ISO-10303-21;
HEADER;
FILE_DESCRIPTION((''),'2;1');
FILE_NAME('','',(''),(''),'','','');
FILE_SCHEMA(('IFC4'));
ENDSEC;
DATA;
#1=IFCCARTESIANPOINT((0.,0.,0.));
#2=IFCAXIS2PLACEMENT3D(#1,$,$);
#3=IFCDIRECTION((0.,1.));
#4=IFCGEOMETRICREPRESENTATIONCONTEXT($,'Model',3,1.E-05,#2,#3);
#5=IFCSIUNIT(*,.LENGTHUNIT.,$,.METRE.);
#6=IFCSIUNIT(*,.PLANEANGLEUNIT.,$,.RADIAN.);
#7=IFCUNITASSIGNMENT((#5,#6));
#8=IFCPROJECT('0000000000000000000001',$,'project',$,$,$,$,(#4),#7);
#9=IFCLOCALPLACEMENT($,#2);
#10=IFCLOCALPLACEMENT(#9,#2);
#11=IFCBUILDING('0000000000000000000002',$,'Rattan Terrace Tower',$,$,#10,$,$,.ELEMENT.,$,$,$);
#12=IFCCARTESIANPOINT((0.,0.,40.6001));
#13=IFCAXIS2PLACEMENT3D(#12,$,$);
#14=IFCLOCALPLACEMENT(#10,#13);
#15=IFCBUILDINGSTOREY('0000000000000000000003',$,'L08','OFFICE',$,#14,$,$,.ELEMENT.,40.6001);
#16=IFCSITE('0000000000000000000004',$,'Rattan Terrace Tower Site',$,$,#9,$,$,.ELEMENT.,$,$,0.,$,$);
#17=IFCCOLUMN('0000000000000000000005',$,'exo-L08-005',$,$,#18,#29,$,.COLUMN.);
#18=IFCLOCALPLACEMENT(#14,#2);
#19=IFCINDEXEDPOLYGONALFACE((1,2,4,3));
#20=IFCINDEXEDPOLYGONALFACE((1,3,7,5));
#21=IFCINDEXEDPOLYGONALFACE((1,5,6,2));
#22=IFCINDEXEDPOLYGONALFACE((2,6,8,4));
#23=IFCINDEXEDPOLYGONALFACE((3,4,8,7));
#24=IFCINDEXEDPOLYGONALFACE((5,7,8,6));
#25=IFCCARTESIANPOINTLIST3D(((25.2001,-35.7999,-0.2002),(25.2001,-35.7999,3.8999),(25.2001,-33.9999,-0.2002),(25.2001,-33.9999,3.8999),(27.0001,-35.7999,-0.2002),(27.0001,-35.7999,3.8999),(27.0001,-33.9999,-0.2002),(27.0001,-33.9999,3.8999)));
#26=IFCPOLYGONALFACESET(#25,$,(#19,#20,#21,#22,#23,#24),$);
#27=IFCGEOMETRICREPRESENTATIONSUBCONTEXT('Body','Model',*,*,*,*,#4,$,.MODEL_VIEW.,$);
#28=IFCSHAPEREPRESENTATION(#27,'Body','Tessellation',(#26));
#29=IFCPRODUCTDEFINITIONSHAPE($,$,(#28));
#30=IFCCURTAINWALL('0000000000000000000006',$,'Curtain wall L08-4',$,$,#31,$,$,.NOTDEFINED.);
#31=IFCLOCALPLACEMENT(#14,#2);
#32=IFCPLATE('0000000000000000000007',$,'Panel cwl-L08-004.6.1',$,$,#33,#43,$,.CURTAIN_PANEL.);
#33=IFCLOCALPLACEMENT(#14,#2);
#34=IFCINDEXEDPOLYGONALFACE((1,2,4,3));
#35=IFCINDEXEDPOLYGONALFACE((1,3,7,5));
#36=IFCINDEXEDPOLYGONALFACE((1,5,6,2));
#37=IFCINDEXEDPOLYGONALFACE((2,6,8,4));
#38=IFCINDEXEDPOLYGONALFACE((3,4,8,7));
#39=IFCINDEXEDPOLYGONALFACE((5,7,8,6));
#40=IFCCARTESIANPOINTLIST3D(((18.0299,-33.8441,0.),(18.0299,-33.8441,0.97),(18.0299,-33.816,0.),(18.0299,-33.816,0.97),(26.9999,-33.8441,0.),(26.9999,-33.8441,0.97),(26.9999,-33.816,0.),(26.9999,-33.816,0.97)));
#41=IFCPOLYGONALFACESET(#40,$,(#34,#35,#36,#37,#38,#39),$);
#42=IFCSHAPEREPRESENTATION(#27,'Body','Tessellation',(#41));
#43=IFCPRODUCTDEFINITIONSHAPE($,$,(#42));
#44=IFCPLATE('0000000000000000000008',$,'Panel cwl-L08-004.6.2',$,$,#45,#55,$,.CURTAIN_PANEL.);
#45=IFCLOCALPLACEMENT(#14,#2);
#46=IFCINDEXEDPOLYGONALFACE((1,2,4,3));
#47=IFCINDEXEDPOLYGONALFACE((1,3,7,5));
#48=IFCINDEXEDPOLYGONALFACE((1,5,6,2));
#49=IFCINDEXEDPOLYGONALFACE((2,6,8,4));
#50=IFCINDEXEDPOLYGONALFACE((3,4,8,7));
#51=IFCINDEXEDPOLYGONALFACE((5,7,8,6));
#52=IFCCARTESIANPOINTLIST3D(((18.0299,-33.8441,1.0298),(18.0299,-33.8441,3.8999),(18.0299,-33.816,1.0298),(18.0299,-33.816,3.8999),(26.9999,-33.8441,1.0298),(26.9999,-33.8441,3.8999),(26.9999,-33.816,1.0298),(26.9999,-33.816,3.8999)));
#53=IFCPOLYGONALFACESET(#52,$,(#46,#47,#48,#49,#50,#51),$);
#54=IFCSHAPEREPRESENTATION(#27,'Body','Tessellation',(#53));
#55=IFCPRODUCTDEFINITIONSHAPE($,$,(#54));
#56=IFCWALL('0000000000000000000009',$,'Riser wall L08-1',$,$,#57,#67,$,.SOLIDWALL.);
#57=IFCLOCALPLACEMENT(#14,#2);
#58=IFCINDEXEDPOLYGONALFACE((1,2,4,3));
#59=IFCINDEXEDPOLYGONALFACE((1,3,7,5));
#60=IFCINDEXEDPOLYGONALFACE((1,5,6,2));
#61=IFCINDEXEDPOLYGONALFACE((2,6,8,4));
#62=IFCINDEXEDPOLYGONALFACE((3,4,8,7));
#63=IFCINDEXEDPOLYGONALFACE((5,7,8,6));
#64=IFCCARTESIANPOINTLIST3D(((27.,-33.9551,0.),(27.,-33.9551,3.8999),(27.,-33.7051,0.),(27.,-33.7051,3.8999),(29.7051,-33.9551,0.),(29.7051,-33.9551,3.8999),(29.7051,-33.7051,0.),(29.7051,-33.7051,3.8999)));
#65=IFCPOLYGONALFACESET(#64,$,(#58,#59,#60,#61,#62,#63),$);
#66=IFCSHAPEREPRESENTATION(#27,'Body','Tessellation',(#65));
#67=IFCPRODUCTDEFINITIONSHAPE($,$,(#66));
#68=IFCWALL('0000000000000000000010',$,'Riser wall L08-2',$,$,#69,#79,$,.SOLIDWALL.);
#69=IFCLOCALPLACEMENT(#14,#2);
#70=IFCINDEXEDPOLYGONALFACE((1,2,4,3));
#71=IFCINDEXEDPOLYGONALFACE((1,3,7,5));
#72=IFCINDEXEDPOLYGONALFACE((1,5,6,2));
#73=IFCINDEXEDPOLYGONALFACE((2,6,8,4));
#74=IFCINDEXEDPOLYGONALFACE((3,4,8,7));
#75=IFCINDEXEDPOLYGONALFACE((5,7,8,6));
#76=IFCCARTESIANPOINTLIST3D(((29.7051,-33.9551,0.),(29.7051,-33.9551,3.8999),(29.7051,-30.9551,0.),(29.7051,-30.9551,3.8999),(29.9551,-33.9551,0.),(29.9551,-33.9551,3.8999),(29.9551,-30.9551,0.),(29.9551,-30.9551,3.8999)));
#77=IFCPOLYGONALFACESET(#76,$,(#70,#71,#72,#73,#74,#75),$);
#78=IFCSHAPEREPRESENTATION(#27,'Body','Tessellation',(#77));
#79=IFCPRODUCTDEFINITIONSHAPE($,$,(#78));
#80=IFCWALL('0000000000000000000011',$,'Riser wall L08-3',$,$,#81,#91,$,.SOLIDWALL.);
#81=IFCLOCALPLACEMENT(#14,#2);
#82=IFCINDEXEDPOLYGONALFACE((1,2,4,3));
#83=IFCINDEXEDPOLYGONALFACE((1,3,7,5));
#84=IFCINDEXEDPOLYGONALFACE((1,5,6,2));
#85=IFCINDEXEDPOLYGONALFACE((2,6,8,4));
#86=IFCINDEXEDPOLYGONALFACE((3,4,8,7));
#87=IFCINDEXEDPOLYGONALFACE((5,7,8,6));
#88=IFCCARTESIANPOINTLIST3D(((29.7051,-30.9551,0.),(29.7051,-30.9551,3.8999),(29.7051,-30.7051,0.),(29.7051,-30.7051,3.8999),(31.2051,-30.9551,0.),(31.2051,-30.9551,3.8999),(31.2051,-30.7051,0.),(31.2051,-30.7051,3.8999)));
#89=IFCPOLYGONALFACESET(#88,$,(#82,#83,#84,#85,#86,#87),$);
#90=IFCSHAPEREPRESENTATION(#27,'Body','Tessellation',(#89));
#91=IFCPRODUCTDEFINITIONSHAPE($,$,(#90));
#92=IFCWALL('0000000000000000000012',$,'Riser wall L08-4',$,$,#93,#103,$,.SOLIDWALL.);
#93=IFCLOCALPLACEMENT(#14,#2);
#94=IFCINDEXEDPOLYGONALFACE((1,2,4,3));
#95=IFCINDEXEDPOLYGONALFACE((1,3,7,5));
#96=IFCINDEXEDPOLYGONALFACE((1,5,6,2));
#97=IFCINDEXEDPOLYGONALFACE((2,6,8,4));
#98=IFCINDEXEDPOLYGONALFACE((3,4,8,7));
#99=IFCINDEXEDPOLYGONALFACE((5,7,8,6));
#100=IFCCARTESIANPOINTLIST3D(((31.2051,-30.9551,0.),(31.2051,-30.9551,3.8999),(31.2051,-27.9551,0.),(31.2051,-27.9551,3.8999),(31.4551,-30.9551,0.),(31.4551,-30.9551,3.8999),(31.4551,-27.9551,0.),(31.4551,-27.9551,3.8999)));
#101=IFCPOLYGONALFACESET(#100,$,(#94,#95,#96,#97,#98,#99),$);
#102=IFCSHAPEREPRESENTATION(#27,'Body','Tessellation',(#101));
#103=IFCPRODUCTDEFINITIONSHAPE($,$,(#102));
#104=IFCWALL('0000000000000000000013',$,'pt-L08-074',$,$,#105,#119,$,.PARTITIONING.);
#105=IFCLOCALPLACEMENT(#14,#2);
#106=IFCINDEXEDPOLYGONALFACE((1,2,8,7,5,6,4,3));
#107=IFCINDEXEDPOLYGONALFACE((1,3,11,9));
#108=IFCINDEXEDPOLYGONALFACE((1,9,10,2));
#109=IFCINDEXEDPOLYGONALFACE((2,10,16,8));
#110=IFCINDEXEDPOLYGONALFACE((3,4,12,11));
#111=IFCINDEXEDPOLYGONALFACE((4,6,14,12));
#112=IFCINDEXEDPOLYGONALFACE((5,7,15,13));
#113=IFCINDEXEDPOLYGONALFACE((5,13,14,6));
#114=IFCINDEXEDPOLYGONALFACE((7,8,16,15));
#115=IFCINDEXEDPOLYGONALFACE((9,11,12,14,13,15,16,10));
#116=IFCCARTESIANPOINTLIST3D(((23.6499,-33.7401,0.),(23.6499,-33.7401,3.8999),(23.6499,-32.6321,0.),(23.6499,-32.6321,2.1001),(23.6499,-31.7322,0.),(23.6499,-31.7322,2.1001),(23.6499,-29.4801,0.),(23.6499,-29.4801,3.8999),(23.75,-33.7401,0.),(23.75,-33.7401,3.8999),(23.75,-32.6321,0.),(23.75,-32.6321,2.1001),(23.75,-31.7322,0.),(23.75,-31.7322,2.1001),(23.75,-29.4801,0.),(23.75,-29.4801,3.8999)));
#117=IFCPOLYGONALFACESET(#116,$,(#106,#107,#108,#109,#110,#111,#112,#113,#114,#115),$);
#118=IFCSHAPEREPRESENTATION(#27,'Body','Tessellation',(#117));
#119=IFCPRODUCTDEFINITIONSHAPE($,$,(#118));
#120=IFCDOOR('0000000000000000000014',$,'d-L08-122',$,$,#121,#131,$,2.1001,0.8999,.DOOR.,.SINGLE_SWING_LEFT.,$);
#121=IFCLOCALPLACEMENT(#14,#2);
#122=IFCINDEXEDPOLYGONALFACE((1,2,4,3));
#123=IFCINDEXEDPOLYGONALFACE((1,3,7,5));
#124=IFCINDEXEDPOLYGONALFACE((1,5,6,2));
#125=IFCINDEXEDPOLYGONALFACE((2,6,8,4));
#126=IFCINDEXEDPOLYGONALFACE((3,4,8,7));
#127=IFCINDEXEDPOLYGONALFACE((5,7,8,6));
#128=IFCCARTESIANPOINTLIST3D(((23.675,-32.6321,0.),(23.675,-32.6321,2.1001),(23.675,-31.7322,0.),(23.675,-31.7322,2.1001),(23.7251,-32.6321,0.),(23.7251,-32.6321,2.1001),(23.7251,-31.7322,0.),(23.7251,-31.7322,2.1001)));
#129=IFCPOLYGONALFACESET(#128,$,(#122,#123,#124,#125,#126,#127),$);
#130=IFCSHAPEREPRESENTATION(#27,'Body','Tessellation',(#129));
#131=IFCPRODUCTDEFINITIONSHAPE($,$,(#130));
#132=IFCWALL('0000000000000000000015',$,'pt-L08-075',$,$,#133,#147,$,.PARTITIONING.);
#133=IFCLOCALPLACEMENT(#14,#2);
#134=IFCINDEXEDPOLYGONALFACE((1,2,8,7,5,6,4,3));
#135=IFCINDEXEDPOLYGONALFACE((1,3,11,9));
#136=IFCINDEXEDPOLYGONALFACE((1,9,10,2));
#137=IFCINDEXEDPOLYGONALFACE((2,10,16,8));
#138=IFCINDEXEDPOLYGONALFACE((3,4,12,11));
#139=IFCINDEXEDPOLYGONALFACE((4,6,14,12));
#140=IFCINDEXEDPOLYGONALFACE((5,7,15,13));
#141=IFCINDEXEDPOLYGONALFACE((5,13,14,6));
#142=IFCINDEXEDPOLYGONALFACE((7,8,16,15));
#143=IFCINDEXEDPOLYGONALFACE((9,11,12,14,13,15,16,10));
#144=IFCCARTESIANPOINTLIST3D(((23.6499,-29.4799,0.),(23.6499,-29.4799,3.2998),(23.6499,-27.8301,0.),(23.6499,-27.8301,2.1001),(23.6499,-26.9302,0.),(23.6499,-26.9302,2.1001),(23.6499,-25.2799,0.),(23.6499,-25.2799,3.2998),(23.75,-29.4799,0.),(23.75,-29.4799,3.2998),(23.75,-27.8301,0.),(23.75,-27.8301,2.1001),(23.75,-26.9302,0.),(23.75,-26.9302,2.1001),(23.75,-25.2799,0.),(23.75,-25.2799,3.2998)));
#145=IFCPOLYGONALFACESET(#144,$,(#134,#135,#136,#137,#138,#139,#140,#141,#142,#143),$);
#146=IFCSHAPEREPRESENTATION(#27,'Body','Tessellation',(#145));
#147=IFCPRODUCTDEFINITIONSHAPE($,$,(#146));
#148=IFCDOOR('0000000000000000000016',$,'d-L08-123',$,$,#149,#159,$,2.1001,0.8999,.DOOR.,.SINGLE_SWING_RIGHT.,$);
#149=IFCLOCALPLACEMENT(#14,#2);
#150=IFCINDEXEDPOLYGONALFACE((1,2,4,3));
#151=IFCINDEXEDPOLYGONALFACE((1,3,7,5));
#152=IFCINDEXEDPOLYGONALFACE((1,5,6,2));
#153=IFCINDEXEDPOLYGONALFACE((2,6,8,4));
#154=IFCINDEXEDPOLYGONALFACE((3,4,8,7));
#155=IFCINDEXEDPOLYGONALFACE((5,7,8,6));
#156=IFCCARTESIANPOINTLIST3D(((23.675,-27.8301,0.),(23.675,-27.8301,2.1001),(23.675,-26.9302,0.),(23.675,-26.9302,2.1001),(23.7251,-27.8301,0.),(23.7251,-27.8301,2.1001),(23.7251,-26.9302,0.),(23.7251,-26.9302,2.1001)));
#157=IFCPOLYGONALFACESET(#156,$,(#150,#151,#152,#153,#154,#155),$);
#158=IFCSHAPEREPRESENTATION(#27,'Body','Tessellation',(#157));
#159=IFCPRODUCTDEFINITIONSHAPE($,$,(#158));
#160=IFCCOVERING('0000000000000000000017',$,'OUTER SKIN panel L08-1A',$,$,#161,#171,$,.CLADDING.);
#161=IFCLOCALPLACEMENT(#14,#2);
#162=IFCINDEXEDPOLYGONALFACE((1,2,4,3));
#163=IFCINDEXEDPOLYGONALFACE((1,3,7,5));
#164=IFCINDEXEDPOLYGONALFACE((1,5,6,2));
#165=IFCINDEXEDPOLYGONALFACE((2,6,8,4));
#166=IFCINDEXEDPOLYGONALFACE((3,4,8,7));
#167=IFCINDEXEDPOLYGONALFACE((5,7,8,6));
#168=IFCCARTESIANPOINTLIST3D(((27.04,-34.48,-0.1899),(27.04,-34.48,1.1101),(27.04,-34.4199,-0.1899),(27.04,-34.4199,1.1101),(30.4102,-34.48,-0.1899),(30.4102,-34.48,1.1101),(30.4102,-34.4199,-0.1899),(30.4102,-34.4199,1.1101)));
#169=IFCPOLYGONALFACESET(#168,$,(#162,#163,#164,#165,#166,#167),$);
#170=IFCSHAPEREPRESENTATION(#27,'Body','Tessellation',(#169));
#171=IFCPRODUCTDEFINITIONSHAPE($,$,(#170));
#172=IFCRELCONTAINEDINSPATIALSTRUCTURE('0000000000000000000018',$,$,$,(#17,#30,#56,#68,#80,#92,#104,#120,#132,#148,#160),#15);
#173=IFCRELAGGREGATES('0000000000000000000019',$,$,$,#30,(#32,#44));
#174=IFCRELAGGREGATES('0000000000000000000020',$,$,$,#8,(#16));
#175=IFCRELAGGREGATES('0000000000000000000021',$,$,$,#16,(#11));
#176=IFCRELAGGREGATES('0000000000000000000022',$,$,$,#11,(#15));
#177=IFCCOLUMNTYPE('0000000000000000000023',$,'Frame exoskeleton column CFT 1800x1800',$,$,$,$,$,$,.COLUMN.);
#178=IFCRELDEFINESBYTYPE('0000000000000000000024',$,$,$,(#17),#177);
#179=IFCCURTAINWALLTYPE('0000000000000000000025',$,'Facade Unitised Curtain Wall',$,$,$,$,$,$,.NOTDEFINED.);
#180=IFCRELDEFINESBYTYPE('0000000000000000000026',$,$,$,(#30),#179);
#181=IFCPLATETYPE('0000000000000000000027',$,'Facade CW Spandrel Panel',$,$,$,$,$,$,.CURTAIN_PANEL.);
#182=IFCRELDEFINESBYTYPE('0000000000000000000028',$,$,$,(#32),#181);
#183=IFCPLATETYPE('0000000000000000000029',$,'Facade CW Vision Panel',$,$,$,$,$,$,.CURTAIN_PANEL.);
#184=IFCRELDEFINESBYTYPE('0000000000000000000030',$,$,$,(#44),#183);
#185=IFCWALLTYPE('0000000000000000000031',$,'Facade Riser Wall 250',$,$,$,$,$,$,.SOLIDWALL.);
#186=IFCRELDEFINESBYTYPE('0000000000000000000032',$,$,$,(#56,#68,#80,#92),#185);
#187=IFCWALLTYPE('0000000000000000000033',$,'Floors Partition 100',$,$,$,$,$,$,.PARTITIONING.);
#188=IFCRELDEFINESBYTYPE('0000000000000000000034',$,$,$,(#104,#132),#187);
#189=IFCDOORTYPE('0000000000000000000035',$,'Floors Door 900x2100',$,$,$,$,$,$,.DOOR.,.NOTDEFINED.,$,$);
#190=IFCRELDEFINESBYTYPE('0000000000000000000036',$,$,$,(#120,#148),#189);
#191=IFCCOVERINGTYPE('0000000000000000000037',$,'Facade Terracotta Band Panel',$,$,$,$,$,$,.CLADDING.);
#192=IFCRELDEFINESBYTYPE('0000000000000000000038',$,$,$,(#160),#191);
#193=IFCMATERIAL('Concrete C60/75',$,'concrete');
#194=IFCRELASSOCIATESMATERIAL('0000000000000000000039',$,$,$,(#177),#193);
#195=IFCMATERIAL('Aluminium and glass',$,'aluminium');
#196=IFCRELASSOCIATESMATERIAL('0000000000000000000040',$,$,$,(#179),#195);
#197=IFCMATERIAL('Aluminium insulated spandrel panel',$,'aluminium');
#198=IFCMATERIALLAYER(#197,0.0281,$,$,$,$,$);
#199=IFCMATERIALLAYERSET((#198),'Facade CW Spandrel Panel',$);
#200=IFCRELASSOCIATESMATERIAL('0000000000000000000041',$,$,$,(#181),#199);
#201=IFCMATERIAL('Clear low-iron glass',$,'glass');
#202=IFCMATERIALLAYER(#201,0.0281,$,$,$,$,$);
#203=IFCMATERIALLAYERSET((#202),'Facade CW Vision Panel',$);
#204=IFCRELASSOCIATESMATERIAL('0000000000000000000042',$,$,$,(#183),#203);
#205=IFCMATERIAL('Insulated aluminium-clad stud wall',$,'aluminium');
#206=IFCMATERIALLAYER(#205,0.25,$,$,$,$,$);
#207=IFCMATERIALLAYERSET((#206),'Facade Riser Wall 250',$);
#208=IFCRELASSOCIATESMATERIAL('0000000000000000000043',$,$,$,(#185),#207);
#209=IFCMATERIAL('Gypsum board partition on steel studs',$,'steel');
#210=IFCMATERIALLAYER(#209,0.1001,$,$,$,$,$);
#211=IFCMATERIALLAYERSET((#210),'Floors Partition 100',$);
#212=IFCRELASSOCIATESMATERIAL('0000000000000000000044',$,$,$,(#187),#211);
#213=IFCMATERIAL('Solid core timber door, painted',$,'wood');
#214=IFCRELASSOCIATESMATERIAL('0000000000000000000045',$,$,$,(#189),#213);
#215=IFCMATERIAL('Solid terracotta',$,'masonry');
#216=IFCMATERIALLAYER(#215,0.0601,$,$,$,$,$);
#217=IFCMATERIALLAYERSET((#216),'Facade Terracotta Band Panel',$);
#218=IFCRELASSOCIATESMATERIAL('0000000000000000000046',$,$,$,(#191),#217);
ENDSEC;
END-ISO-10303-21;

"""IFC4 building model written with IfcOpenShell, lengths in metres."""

from ifc_helpers import new_model, si_unit, direction, frame, frame_2d, origin, origin_2d, place, context, subcontext, project, spatial, rectangle, extrude, material, layer, layer_set, material_profile, profile_set, type_object, element, fill, aggregate, save


model = new_model("IFC4")

# Units and contexts
model_context = context("Model", 3, precision=1e-05, world=origin(), true_north=direction((0.0, 1.0)))
body_context = subcontext(model_context, "Body", "Model", "MODEL_VIEW")
ifc_project = project(units=[si_unit("LENGTHUNIT", "METRE"), si_unit("PLANEANGLEUNIT", "RADIAN")], contexts=[model_context])

# Site, building, storey
site_placement = place(None, origin())
site = spatial("IfcSite", under=ifc_project, at=site_placement, Name="Rattan Terrace Tower Site", CompositionType="ELEMENT", RefElevation=0.0)
building_placement = place(site_placement, origin())
building = spatial("IfcBuilding", under=site, at=building_placement, Name="Rattan Terrace Tower", CompositionType="ELEMENT")
storey_placement = place(building_placement, frame((0.0, 0.0, 40.6001)))
storey = spatial("IfcBuildingStorey", under=building, at=storey_placement, Name="L08", Description="OFFICE", CompositionType="ELEMENT", Elevation=40.6001)

# Column
ifc_material_1 = material(Name="Concrete C60/75", Category="concrete")
ifc_material_profile = material_profile(ifc_material_1, rectangle(XDim=1.8, YDim=1.8, at=origin_2d()), Name="CFT 1800x1800")
ifc_profile_set = profile_set([ifc_material_profile], Name="Concrete C60/75")
column_type = type_object("IfcColumnType", Name="Frame exoskeleton column CFT 1800x1800", PredefinedType="COLUMN", material=ifc_profile_set)
column_placement = place(storey_placement, frame((26.1001, -34.8999, -0.2002), z_axis=(0.0, 0.0, 1.0), x_axis=(1.0, 0.0, 0.0)))
element("IfcColumn", 1, at=column_placement, inside=storey, type_object=column_type, Name="exo-L08-005", PredefinedType="COLUMN", context=body_context, shape_type="SweptSolid", body=[
    extrude(rectangle(XDim=1.8, YDim=1.8, at=origin_2d()), origin(), (0.0, 0.0, 1.0), 4.1001),
])

# Curtain wall, plates
ifc_material_2 = material(Name="Aluminium and glass", Category="aluminium")
curtain_wall_type = type_object("IfcCurtainWallType", Name="Facade Unitised Curtain Wall", PredefinedType="NOTDEFINED", material=ifc_material_2)
curtain_wall_placement = place(storey_placement, origin())
curtain_wall = element("IfcCurtainWall", 2, at=curtain_wall_placement, inside=storey, type_object=curtain_wall_type, Name="Curtain wall L08-4", PredefinedType="NOTDEFINED")
ifc_material_3 = material(Name="Aluminium insulated spandrel panel", Category="aluminium")
ifc_layer_1 = layer(ifc_material_3, 0.0281)
ifc_layer_set_1 = layer_set([ifc_layer_1], Name="Facade CW Spandrel Panel")
plate_type_1 = type_object("IfcPlateType", Name="Facade CW Spandrel Panel", PredefinedType="CURTAIN_PANEL", material=ifc_layer_set_1)
plate_1_placement = place(storey_placement, frame((22.5149, -33.8301, 0.0), z_axis=(0.0, 0.0, 1.0), x_axis=(1.0, 0.0, 0.0)))
plate_1 = element("IfcPlate", 3, at=plate_1_placement, type_object=plate_type_1, Name="Panel cwl-L08-004.6.1", PredefinedType="CURTAIN_PANEL", context=body_context, shape_type="SweptSolid", body=[
    extrude(rectangle(XDim=8.97, YDim=0.0281, at=origin_2d()), origin(), (0.0, 0.0, 1.0), 0.97),
])
ifc_material_4 = material(Name="Clear low-iron glass", Category="glass")
ifc_layer_2 = layer(ifc_material_4, 0.0281)
ifc_layer_set_2 = layer_set([ifc_layer_2], Name="Facade CW Vision Panel")
plate_type_2 = type_object("IfcPlateType", Name="Facade CW Vision Panel", PredefinedType="CURTAIN_PANEL", material=ifc_layer_set_2)
plate_2_placement = place(storey_placement, frame((22.5149, -33.8301, 1.0298), z_axis=(0.0, 0.0, 1.0), x_axis=(1.0, 0.0, 0.0)))
plate_2 = element("IfcPlate", 4, at=plate_2_placement, type_object=plate_type_2, Name="Panel cwl-L08-004.6.2", PredefinedType="CURTAIN_PANEL", context=body_context, shape_type="SweptSolid", body=[
    extrude(rectangle(XDim=8.97, YDim=0.0281, at=origin_2d()), origin(), (0.0, 0.0, 1.0), 2.8701),
])
aggregate(curtain_wall, [plate_1, plate_2])

# Walls
ifc_material_5 = material(Name="Insulated aluminium-clad stud wall", Category="aluminium")
ifc_layer_3 = layer(ifc_material_5, 0.25)
ifc_layer_set_3 = layer_set([ifc_layer_3], Name="Facade Riser Wall 250")
wall_type_1 = type_object("IfcWallType", Name="Facade Riser Wall 250", PredefinedType="SOLIDWALL", material=ifc_layer_set_3)
wall_1_placement = place(storey_placement, frame((27.0, -33.8301, 0.0), z_axis=(0.0, 0.0, 1.0), x_axis=(1.0, 0.0, 0.0)))
element("IfcWall", 5, at=wall_1_placement, inside=storey, type_object=wall_type_1, Name="Riser wall L08-1", PredefinedType="SOLIDWALL", context=body_context, shape_type="SweptSolid", body=[
    extrude(rectangle(XDim=2.7051, YDim=0.25, at=frame_2d((1.3525, 0.0))), origin(), (0.0, 0.0, 1.0), 3.8999),
])
wall_2_placement = place(storey_placement, frame((29.8301, -33.9551, 0.0), z_axis=(0.0, 0.0, 1.0), x_axis=(0.0, 1.0, 0.0)))
element("IfcWall", 6, at=wall_2_placement, inside=storey, type_object=wall_type_1, Name="Riser wall L08-2", PredefinedType="SOLIDWALL", context=body_context, shape_type="SweptSolid", body=[
    extrude(rectangle(XDim=3.0, YDim=0.25, at=frame_2d((1.5, 0.0))), origin(), (0.0, 0.0, 1.0), 3.8999),
])
wall_3_placement = place(storey_placement, frame((29.7051, -30.8301, 0.0), z_axis=(0.0, 0.0, 1.0), x_axis=(1.0, 0.0, 0.0)))
element("IfcWall", 7, at=wall_3_placement, inside=storey, type_object=wall_type_1, Name="Riser wall L08-3", PredefinedType="SOLIDWALL", context=body_context, shape_type="SweptSolid", body=[
    extrude(rectangle(XDim=1.5, YDim=0.25, at=frame_2d((0.75, 0.0))), origin(), (0.0, 0.0, 1.0), 3.8999),
])
wall_4_placement = place(storey_placement, frame((31.3301, -30.9551, 0.0), z_axis=(0.0, 0.0, 1.0), x_axis=(0.0, 1.0, 0.0)))
element("IfcWall", 8, at=wall_4_placement, inside=storey, type_object=wall_type_1, Name="Riser wall L08-4", PredefinedType="SOLIDWALL", context=body_context, shape_type="SweptSolid", body=[
    extrude(rectangle(XDim=3.0, YDim=0.25, at=frame_2d((1.5, 0.0))), origin(), (0.0, 0.0, 1.0), 3.8999),
])

# Walls, openings, doors
ifc_material_6 = material(Name="Gypsum board partition on steel studs", Category="steel")
ifc_layer_4 = layer(ifc_material_6, 0.1001)
ifc_layer_set_4 = layer_set([ifc_layer_4], Name="Floors Partition 100")
wall_type_2 = type_object("IfcWallType", Name="Floors Partition 100", PredefinedType="PARTITIONING", material=ifc_layer_set_4)
wall_5_placement = place(storey_placement, frame((23.7, -33.74, 0.0), z_axis=(0.0, 0.0, 1.0), x_axis=(0.0, 1.0, 0.0)))
wall_5 = element("IfcWall", 9, at=wall_5_placement, inside=storey, type_object=wall_type_2, Name="pt-L08-074", PredefinedType="PARTITIONING", context=body_context, shape_type="SweptSolid", body=[
    extrude(rectangle(XDim=4.26, YDim=0.1001, at=frame_2d((2.1299, 0.0))), origin(), (0.0, 0.0, 1.0), 3.8999),
])
opening_1_placement = place(wall_5_placement, frame((1.1079, 0.0, 0.0)))
opening_1 = element("IfcOpeningElement", 10, at=opening_1_placement, cuts=wall_5, PredefinedType="OPENING", context=body_context, shape_type="SweptSolid", body=[
    extrude(rectangle(XDim=0.8999, YDim=2.1001, at=frame_2d((0.45, 1.05))), frame((0.0, 0.0605, 0.0), z_axis=(0.0, -1.0, 0.0), x_axis=(1.0, 0.0, 0.0)), (0.0, 0.0, 1.0), 0.1211),
])
ifc_material_7 = material(Name="Solid core timber door, painted", Category="wood")
door_type = type_object("IfcDoorType", Name="Floors Door 900x2100", OperationType="NOTDEFINED", PredefinedType="DOOR", material=ifc_material_7)
door_1_placement = place(opening_1_placement, origin())
door_1 = element("IfcDoor", 11, at=door_1_placement, inside=storey, type_object=door_type, Name="d-L08-122", OperationType="SINGLE_SWING_LEFT", OverallHeight=2.1001, OverallWidth=0.8999, PredefinedType="DOOR", context=body_context, shape_type="SweptSolid", body=[
    extrude(rectangle(XDim=0.8999, YDim=2.1001, at=frame_2d((0.45, 1.05))), frame((0.0, 0.0249, 0.0), z_axis=(0.0, -1.0, 0.0), x_axis=(1.0, 0.0, 0.0)), (0.0, 0.0, 1.0), 0.05),
])
fill(opening_1, door_1)
wall_6_placement = place(storey_placement, frame((23.7, -29.48, 0.0), z_axis=(0.0, 0.0, 1.0), x_axis=(0.0, 1.0, 0.0)))
wall_6 = element("IfcWall", 12, at=wall_6_placement, inside=storey, type_object=wall_type_2, Name="pt-L08-075", PredefinedType="PARTITIONING", context=body_context, shape_type="SweptSolid", body=[
    extrude(rectangle(XDim=4.2, YDim=0.1001, at=frame_2d((2.1001, 0.0))), origin(), (0.0, 0.0, 1.0), 3.2998),
])
opening_2_placement = place(wall_6_placement, frame((1.6499, 0.0, 0.0)))
opening_2 = element("IfcOpeningElement", 13, at=opening_2_placement, cuts=wall_6, PredefinedType="OPENING", context=body_context, shape_type="SweptSolid", body=[
    extrude(rectangle(XDim=0.8999, YDim=2.1001, at=frame_2d((0.45, 1.05))), frame((0.0, 0.0605, 0.0), z_axis=(0.0, -1.0, 0.0), x_axis=(1.0, 0.0, 0.0)), (0.0, 0.0, 1.0), 0.1211),
])
door_2_placement = place(opening_2_placement, origin())
door_2 = element("IfcDoor", 14, at=door_2_placement, inside=storey, type_object=door_type, Name="d-L08-123", OperationType="SINGLE_SWING_RIGHT", OverallHeight=2.1001, OverallWidth=0.8999, PredefinedType="DOOR", context=body_context, shape_type="SweptSolid", body=[
    extrude(rectangle(XDim=0.8999, YDim=2.1001, at=frame_2d((0.45, 1.05))), frame((0.0, 0.0249, 0.0), z_axis=(0.0, -1.0, 0.0), x_axis=(1.0, 0.0, 0.0)), (0.0, 0.0, 1.0), 0.05),
])
fill(opening_2, door_2)

# Covering
ifc_material_8 = material(Name="Solid terracotta", Category="masonry")
ifc_layer_5 = layer(ifc_material_8, 0.0601)
ifc_layer_set_5 = layer_set([ifc_layer_5], Name="Facade Terracotta Band Panel")
covering_type_1 = type_object("IfcCoveringType", Name="Facade Terracotta Band Panel", PredefinedType="CLADDING", material=ifc_layer_set_5)
covering_1_placement = place(storey_placement, frame((28.7251, -34.45, -0.1899), z_axis=(0.0, 0.0, 1.0), x_axis=(1.0, 0.0, 0.0)))
element("IfcCovering", 15, at=covering_1_placement, inside=storey, type_object=covering_type_1, Name="OUTER SKIN panel L08-1A", PredefinedType="CLADDING", context=body_context, shape_type="SweptSolid", body=[
    extrude(rectangle(XDim=3.3701, YDim=0.0601, at=origin_2d()), origin(), (0.0, 0.0, 1.0), 1.3),
])

save(model, "model.ifc")
